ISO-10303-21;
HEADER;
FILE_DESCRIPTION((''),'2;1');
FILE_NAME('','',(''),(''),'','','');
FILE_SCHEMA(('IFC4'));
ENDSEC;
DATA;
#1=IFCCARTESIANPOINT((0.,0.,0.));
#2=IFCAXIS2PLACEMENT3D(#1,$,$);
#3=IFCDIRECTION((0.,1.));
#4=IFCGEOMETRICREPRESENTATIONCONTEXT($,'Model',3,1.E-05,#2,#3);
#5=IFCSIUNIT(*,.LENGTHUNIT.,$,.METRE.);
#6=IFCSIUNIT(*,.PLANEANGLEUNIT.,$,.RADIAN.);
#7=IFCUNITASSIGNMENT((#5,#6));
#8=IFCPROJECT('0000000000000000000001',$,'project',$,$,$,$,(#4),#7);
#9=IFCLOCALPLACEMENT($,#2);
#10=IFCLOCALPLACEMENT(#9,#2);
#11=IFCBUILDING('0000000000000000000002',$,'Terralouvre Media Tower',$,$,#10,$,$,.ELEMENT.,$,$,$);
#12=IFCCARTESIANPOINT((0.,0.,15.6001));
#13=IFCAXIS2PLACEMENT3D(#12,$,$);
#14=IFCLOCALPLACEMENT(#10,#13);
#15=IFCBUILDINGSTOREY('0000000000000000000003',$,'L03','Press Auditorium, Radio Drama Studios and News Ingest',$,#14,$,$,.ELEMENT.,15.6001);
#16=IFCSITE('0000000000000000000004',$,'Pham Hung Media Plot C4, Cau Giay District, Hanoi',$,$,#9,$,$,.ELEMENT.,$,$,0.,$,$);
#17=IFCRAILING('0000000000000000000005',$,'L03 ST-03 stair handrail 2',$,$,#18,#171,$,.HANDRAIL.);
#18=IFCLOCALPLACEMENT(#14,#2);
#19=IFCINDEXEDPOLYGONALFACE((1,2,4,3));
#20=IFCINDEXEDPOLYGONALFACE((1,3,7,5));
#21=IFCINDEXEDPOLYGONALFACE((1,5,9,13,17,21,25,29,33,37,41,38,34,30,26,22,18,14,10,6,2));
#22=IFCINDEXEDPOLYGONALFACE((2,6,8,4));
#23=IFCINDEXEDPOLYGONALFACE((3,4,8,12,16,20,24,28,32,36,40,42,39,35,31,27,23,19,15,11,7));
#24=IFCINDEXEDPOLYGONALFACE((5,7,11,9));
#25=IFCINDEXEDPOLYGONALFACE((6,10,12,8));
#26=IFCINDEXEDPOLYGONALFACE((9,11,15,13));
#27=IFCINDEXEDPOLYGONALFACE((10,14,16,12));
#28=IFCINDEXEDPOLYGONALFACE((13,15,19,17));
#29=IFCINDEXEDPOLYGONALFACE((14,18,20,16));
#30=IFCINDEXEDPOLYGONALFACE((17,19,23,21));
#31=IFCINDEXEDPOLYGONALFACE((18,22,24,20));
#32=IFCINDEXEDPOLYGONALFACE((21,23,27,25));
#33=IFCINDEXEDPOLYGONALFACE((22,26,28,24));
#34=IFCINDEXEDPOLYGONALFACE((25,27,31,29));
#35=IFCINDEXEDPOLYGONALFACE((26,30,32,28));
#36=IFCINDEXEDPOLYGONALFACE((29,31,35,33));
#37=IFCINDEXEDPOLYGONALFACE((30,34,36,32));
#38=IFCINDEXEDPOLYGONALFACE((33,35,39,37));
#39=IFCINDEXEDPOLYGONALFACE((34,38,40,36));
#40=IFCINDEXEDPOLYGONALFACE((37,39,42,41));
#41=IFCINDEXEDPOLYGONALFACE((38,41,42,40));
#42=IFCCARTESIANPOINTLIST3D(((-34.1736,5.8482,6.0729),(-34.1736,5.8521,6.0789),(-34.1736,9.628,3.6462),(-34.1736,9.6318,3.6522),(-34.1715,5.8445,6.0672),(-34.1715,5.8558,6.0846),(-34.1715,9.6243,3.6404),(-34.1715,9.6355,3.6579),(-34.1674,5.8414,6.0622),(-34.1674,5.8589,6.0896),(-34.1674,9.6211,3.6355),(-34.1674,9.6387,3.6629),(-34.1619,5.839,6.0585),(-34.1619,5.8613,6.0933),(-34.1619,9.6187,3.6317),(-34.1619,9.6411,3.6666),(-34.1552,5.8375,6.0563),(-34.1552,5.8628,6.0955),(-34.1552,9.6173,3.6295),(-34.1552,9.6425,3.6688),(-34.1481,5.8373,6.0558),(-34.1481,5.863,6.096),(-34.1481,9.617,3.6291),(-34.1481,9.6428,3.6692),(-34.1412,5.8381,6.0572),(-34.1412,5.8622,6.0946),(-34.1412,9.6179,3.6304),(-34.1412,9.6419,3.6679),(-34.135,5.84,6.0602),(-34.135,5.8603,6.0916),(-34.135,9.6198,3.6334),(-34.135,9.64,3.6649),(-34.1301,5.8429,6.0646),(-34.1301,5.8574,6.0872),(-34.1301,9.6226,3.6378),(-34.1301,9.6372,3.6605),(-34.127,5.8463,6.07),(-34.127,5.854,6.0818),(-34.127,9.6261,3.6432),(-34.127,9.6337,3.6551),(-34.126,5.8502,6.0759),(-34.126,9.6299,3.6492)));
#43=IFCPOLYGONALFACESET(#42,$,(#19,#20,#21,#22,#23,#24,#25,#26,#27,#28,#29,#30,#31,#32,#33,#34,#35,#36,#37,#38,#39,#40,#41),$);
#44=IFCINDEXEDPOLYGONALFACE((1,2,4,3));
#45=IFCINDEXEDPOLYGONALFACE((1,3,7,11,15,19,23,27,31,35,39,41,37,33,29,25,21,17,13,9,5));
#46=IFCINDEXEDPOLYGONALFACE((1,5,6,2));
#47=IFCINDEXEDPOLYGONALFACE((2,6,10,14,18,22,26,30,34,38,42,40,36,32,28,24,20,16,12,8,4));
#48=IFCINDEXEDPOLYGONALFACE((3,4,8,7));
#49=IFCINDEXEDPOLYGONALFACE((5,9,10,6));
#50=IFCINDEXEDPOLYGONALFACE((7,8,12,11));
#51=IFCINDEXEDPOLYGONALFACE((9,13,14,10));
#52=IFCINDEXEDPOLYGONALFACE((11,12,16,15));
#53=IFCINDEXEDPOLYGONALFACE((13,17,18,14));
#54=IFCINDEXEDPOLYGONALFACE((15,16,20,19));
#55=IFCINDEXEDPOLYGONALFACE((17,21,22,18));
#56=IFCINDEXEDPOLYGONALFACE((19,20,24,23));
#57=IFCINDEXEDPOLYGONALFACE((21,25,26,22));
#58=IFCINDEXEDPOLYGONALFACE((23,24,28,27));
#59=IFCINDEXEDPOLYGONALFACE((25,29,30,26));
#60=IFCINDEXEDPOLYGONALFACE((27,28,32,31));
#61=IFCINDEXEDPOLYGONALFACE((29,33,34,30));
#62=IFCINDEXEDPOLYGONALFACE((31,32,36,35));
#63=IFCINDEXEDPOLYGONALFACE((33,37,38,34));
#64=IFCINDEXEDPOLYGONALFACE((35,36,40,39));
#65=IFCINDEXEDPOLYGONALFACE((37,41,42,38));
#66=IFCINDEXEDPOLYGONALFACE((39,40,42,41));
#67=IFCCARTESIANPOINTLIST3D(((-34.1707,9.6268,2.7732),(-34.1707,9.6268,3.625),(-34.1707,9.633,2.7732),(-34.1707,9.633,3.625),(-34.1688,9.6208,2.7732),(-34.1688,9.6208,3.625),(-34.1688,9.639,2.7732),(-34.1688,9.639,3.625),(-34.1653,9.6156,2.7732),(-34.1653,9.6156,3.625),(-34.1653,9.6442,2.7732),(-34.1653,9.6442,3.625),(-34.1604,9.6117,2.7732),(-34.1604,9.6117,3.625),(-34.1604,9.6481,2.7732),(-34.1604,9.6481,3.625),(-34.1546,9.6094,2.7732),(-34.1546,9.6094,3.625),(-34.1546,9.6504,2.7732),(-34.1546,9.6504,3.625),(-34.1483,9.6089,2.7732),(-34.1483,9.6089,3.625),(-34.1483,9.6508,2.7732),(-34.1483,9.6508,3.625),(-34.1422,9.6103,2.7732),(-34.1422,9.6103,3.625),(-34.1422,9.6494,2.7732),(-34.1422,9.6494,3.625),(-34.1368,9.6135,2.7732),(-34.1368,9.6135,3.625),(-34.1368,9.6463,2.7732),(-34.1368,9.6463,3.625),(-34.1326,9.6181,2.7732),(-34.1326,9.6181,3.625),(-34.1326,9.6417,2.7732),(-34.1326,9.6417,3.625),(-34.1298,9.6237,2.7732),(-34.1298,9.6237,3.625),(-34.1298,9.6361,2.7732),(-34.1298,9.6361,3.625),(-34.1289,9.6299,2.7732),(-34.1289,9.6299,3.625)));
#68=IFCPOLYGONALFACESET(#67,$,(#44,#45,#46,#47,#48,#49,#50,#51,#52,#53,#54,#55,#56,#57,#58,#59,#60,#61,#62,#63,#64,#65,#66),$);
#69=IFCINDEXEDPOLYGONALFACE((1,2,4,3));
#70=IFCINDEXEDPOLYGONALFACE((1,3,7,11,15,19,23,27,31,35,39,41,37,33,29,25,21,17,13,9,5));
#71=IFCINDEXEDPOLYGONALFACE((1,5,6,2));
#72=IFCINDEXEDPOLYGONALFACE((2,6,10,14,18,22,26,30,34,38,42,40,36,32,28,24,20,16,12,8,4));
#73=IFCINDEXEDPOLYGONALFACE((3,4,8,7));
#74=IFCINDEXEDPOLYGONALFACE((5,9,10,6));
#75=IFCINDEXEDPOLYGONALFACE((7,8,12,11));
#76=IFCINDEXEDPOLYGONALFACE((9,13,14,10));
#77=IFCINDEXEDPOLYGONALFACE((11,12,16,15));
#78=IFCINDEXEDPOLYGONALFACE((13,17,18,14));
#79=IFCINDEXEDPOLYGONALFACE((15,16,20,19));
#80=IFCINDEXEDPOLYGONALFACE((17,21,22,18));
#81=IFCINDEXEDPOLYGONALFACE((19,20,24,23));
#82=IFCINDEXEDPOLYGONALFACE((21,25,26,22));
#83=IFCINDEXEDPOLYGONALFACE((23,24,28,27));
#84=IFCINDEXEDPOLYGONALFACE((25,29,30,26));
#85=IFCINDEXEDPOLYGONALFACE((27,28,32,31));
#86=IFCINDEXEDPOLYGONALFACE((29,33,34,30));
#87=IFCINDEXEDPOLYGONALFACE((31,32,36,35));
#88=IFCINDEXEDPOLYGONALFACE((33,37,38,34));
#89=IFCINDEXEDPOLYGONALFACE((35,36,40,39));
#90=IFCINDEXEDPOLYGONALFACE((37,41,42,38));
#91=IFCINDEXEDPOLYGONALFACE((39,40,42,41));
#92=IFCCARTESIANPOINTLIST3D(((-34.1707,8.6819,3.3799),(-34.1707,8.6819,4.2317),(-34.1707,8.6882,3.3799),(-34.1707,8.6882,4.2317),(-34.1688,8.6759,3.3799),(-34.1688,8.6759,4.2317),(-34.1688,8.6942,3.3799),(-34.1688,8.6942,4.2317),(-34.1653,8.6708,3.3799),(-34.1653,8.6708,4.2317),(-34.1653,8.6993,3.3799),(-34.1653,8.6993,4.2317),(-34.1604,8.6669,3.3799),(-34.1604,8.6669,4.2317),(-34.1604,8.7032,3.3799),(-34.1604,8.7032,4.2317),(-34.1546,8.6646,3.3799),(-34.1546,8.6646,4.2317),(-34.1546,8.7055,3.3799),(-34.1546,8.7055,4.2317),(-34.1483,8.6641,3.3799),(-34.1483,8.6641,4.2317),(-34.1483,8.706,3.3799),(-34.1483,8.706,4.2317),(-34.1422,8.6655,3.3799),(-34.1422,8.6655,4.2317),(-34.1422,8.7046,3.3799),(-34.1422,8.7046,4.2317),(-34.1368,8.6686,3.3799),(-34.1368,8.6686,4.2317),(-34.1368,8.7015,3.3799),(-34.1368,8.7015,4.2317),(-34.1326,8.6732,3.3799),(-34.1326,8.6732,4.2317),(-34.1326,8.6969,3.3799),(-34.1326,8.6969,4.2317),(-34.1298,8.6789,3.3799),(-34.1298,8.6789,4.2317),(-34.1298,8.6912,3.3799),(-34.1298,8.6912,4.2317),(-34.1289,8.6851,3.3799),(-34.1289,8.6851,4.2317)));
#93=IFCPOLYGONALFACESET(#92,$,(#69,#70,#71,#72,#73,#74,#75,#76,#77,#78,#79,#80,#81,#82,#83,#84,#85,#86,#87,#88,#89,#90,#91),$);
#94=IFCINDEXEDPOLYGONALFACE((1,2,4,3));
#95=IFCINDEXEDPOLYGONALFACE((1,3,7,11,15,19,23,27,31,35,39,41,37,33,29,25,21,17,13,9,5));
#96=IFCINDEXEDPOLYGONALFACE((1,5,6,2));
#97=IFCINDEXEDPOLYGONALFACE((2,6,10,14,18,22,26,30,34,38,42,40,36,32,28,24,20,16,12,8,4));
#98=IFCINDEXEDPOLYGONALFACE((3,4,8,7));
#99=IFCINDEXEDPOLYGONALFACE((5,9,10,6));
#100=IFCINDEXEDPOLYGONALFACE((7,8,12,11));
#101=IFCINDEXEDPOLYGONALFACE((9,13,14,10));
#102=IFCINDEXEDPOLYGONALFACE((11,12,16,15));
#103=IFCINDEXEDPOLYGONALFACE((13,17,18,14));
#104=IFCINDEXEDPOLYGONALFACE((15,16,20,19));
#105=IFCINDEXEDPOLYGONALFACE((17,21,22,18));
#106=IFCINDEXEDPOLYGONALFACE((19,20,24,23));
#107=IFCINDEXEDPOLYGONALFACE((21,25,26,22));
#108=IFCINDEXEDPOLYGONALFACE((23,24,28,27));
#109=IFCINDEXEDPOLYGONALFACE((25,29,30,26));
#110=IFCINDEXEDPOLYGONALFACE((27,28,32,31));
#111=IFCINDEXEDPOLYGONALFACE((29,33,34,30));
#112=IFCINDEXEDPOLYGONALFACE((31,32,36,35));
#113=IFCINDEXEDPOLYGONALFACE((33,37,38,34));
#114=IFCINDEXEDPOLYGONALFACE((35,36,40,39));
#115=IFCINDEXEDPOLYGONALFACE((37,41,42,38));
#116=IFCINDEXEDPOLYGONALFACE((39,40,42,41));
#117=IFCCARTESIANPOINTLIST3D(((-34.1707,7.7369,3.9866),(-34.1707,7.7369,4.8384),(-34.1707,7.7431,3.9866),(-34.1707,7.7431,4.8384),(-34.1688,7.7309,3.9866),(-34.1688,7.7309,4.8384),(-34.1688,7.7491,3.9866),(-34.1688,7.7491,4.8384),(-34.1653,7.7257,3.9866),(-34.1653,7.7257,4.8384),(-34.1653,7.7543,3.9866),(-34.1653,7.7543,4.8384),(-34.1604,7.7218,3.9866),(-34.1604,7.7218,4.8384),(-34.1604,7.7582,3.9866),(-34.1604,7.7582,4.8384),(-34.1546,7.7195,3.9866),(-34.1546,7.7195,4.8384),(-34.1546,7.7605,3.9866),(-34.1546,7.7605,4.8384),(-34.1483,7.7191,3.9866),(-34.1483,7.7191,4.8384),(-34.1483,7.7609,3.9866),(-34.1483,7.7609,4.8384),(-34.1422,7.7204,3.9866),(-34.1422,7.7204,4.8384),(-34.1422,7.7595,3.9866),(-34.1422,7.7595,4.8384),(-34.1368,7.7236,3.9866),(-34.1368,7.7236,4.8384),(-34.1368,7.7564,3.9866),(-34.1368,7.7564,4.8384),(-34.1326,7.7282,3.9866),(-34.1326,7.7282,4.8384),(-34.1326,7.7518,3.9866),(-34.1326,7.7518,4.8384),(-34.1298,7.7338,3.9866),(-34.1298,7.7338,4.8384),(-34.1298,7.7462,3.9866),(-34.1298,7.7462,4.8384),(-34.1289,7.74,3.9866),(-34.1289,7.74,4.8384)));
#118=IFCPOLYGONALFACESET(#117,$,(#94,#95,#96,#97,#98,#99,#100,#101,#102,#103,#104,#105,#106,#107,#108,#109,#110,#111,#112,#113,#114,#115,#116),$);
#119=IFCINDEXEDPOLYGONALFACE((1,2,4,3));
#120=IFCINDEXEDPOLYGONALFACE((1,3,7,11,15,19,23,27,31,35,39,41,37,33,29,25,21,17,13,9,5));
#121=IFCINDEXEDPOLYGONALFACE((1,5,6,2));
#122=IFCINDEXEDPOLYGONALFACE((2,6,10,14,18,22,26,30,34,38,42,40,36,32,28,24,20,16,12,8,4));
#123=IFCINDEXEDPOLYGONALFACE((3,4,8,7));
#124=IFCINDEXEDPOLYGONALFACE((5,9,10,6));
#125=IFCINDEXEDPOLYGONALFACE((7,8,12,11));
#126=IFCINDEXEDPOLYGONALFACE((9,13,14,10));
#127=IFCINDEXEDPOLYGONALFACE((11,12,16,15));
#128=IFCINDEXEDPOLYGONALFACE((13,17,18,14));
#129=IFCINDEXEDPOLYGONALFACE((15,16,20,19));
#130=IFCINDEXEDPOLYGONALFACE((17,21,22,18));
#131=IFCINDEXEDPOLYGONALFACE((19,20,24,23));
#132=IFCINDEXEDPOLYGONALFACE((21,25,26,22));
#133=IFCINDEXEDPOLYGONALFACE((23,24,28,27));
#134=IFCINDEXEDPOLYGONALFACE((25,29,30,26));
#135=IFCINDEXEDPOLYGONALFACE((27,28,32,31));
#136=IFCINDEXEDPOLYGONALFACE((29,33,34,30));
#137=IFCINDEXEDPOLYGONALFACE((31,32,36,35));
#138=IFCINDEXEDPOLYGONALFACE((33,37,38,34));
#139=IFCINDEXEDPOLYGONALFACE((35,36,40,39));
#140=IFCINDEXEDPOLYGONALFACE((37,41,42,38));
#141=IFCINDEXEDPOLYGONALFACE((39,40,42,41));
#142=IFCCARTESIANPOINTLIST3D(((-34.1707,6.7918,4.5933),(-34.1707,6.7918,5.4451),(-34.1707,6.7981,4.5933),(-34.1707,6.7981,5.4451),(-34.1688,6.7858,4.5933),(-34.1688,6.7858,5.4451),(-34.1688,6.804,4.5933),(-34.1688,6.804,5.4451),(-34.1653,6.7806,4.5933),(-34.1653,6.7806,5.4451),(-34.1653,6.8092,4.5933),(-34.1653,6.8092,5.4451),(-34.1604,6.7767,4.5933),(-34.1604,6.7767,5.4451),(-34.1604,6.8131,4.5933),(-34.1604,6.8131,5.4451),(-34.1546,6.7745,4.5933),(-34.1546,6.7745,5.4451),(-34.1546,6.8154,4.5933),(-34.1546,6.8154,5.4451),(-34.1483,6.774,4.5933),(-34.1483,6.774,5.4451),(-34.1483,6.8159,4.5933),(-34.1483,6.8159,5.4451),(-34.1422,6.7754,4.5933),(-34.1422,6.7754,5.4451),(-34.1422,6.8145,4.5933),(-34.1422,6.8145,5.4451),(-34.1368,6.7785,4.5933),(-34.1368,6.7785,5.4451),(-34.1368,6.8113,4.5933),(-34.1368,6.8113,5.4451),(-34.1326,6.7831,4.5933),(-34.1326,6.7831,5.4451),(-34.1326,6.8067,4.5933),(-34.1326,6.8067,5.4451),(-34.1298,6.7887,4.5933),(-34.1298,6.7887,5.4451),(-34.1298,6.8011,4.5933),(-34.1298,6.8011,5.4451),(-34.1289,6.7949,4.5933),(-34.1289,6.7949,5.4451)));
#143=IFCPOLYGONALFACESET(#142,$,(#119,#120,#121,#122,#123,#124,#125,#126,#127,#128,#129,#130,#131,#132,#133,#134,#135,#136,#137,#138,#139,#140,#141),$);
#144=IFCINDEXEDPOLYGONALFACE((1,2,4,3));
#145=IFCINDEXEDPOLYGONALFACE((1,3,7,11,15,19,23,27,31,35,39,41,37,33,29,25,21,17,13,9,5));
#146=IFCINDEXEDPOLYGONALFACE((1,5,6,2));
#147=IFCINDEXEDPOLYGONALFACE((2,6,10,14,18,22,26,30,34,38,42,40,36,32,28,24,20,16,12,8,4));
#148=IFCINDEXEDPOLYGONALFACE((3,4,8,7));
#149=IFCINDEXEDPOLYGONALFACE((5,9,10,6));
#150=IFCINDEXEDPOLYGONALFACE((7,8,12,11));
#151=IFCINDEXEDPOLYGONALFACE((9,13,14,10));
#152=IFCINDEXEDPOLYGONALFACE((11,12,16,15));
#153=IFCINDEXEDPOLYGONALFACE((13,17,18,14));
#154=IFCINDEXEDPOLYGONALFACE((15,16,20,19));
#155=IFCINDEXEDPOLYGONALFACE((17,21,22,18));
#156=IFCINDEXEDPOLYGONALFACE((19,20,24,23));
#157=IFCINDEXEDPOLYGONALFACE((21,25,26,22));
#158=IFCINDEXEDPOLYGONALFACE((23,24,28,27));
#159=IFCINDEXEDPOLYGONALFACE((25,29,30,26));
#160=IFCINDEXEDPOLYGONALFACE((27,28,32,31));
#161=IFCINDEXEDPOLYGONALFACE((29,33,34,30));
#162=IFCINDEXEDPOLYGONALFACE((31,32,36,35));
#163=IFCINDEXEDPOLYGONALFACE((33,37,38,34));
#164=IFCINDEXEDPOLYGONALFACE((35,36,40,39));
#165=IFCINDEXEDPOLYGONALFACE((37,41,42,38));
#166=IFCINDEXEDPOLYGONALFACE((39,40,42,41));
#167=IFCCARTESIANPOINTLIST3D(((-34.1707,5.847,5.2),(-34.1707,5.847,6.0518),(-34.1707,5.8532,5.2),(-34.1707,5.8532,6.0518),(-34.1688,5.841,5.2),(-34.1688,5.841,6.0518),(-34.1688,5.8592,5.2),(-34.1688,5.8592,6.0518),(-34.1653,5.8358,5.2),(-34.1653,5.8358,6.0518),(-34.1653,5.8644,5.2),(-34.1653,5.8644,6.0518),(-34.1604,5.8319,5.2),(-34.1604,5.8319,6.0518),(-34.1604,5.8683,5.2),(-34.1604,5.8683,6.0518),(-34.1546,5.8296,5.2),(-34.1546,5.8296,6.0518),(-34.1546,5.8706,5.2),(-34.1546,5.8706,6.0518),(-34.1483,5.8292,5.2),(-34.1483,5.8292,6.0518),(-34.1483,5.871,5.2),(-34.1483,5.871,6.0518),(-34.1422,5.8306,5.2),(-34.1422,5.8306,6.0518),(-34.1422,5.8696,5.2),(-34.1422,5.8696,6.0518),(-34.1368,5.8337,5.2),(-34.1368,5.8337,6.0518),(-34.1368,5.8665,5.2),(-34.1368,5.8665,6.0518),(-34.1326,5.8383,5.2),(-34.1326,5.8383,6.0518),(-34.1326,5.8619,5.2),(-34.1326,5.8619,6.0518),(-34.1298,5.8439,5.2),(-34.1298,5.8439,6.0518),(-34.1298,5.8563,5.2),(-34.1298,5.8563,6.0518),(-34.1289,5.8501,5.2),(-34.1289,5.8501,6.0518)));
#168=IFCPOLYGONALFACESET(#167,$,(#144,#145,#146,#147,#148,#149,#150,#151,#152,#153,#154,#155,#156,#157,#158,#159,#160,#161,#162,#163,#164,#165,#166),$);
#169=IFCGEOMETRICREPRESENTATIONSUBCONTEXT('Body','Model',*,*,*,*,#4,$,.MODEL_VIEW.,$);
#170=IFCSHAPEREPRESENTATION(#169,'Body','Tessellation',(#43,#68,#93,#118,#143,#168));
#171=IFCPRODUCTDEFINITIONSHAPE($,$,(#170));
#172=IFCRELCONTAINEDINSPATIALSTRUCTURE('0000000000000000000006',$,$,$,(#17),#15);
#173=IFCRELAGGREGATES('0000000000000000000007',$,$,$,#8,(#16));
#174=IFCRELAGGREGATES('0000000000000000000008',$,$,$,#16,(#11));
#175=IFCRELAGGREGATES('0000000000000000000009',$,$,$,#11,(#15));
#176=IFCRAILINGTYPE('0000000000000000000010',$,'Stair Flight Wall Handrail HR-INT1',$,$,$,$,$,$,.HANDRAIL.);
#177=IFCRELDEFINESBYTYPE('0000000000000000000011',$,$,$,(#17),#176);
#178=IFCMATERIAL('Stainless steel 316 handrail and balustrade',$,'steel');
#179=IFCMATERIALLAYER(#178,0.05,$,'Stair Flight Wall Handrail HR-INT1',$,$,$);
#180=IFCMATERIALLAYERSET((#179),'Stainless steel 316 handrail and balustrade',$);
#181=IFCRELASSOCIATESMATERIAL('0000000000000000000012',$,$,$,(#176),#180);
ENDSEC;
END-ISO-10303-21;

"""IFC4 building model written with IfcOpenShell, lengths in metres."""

from ifc_helpers import new_model, si_unit, direction, frame, origin, origin_2d, place, context, subcontext, project, spatial, circle, extrude, material, layer, layer_set, type_object, element, save


model = new_model("IFC4")

# Units and contexts
model_context = context("Model", 3, precision=1e-05, world=origin(), true_north=direction((0.0, 1.0)))
body_context = subcontext(model_context, "Body", "Model", "MODEL_VIEW")
ifc_project = project(units=[si_unit("LENGTHUNIT", "METRE"), si_unit("PLANEANGLEUNIT", "RADIAN")], contexts=[model_context])

# Site, building, storey
site_placement = place(None, origin())
site = spatial("IfcSite", under=ifc_project, at=site_placement, Name="Pham Hung Media Plot C4, Cau Giay District, Hanoi", CompositionType="ELEMENT", RefElevation=0.0)
building_placement = place(site_placement, origin())
building = spatial("IfcBuilding", under=site, at=building_placement, Name="Terralouvre Media Tower", CompositionType="ELEMENT")
storey_placement = place(building_placement, frame((0.0, 0.0, 15.6001)))
storey = spatial("IfcBuildingStorey", under=building, at=storey_placement, Name="L03", Description="Press Auditorium, Radio Drama Studios and News Ingest", CompositionType="ELEMENT", Elevation=15.6001)

# Railing
ifc_material_1 = material(Name="Stainless steel 316 handrail and balustrade", Category="steel")
ifc_layer_1 = layer(ifc_material_1, 0.05, Name="Stair Flight Wall Handrail HR-INT1")
ifc_layer_set_1 = layer_set([ifc_layer_1], Name="Stainless steel 316 handrail and balustrade")
railing_type_1 = type_object("IfcRailingType", Name="Stair Flight Wall Handrail HR-INT1", PredefinedType="HANDRAIL", material=ifc_layer_set_1)
railing_1_placement = place(storey_placement, frame((-34.1499, 9.6299, 2.7732)))
element("IfcRailing", 1, at=railing_1_placement, inside=storey, type_object=railing_type_1, Name="L03 ST-03 stair handrail 2", PredefinedType="HANDRAIL", context=body_context, shape_type="SweptSolid", body=[
    extrude(circle(Radius=0.0239, at=origin_2d()), frame((0.0, 0.0, 0.876), z_axis=(0.0, -0.841493, 0.540269), x_axis=(1.0, 0.0, 0.0)), (0.0, 0.0, 1.0), 4.4917),
    extrude(circle(Radius=0.021, at=origin_2d()), origin(), (0.0, 0.0, 1.0), 0.8518),
    extrude(circle(Radius=0.021, at=origin_2d()), frame((0.0, -0.9448, 0.6067)), (0.0, 0.0, 1.0), 0.8518),
    extrude(circle(Radius=0.021, at=origin_2d()), frame((0.0, -1.8899, 1.2134)), (0.0, 0.0, 1.0), 0.8518),
    extrude(circle(Radius=0.021, at=origin_2d()), frame((0.0, -2.835, 1.8201)), (0.0, 0.0, 1.0), 0.8518),
    extrude(circle(Radius=0.021, at=origin_2d()), frame((0.0, -3.7798, 2.4268)), (0.0, 0.0, 1.0), 0.8518),
])

save(model, "model.ifc")
